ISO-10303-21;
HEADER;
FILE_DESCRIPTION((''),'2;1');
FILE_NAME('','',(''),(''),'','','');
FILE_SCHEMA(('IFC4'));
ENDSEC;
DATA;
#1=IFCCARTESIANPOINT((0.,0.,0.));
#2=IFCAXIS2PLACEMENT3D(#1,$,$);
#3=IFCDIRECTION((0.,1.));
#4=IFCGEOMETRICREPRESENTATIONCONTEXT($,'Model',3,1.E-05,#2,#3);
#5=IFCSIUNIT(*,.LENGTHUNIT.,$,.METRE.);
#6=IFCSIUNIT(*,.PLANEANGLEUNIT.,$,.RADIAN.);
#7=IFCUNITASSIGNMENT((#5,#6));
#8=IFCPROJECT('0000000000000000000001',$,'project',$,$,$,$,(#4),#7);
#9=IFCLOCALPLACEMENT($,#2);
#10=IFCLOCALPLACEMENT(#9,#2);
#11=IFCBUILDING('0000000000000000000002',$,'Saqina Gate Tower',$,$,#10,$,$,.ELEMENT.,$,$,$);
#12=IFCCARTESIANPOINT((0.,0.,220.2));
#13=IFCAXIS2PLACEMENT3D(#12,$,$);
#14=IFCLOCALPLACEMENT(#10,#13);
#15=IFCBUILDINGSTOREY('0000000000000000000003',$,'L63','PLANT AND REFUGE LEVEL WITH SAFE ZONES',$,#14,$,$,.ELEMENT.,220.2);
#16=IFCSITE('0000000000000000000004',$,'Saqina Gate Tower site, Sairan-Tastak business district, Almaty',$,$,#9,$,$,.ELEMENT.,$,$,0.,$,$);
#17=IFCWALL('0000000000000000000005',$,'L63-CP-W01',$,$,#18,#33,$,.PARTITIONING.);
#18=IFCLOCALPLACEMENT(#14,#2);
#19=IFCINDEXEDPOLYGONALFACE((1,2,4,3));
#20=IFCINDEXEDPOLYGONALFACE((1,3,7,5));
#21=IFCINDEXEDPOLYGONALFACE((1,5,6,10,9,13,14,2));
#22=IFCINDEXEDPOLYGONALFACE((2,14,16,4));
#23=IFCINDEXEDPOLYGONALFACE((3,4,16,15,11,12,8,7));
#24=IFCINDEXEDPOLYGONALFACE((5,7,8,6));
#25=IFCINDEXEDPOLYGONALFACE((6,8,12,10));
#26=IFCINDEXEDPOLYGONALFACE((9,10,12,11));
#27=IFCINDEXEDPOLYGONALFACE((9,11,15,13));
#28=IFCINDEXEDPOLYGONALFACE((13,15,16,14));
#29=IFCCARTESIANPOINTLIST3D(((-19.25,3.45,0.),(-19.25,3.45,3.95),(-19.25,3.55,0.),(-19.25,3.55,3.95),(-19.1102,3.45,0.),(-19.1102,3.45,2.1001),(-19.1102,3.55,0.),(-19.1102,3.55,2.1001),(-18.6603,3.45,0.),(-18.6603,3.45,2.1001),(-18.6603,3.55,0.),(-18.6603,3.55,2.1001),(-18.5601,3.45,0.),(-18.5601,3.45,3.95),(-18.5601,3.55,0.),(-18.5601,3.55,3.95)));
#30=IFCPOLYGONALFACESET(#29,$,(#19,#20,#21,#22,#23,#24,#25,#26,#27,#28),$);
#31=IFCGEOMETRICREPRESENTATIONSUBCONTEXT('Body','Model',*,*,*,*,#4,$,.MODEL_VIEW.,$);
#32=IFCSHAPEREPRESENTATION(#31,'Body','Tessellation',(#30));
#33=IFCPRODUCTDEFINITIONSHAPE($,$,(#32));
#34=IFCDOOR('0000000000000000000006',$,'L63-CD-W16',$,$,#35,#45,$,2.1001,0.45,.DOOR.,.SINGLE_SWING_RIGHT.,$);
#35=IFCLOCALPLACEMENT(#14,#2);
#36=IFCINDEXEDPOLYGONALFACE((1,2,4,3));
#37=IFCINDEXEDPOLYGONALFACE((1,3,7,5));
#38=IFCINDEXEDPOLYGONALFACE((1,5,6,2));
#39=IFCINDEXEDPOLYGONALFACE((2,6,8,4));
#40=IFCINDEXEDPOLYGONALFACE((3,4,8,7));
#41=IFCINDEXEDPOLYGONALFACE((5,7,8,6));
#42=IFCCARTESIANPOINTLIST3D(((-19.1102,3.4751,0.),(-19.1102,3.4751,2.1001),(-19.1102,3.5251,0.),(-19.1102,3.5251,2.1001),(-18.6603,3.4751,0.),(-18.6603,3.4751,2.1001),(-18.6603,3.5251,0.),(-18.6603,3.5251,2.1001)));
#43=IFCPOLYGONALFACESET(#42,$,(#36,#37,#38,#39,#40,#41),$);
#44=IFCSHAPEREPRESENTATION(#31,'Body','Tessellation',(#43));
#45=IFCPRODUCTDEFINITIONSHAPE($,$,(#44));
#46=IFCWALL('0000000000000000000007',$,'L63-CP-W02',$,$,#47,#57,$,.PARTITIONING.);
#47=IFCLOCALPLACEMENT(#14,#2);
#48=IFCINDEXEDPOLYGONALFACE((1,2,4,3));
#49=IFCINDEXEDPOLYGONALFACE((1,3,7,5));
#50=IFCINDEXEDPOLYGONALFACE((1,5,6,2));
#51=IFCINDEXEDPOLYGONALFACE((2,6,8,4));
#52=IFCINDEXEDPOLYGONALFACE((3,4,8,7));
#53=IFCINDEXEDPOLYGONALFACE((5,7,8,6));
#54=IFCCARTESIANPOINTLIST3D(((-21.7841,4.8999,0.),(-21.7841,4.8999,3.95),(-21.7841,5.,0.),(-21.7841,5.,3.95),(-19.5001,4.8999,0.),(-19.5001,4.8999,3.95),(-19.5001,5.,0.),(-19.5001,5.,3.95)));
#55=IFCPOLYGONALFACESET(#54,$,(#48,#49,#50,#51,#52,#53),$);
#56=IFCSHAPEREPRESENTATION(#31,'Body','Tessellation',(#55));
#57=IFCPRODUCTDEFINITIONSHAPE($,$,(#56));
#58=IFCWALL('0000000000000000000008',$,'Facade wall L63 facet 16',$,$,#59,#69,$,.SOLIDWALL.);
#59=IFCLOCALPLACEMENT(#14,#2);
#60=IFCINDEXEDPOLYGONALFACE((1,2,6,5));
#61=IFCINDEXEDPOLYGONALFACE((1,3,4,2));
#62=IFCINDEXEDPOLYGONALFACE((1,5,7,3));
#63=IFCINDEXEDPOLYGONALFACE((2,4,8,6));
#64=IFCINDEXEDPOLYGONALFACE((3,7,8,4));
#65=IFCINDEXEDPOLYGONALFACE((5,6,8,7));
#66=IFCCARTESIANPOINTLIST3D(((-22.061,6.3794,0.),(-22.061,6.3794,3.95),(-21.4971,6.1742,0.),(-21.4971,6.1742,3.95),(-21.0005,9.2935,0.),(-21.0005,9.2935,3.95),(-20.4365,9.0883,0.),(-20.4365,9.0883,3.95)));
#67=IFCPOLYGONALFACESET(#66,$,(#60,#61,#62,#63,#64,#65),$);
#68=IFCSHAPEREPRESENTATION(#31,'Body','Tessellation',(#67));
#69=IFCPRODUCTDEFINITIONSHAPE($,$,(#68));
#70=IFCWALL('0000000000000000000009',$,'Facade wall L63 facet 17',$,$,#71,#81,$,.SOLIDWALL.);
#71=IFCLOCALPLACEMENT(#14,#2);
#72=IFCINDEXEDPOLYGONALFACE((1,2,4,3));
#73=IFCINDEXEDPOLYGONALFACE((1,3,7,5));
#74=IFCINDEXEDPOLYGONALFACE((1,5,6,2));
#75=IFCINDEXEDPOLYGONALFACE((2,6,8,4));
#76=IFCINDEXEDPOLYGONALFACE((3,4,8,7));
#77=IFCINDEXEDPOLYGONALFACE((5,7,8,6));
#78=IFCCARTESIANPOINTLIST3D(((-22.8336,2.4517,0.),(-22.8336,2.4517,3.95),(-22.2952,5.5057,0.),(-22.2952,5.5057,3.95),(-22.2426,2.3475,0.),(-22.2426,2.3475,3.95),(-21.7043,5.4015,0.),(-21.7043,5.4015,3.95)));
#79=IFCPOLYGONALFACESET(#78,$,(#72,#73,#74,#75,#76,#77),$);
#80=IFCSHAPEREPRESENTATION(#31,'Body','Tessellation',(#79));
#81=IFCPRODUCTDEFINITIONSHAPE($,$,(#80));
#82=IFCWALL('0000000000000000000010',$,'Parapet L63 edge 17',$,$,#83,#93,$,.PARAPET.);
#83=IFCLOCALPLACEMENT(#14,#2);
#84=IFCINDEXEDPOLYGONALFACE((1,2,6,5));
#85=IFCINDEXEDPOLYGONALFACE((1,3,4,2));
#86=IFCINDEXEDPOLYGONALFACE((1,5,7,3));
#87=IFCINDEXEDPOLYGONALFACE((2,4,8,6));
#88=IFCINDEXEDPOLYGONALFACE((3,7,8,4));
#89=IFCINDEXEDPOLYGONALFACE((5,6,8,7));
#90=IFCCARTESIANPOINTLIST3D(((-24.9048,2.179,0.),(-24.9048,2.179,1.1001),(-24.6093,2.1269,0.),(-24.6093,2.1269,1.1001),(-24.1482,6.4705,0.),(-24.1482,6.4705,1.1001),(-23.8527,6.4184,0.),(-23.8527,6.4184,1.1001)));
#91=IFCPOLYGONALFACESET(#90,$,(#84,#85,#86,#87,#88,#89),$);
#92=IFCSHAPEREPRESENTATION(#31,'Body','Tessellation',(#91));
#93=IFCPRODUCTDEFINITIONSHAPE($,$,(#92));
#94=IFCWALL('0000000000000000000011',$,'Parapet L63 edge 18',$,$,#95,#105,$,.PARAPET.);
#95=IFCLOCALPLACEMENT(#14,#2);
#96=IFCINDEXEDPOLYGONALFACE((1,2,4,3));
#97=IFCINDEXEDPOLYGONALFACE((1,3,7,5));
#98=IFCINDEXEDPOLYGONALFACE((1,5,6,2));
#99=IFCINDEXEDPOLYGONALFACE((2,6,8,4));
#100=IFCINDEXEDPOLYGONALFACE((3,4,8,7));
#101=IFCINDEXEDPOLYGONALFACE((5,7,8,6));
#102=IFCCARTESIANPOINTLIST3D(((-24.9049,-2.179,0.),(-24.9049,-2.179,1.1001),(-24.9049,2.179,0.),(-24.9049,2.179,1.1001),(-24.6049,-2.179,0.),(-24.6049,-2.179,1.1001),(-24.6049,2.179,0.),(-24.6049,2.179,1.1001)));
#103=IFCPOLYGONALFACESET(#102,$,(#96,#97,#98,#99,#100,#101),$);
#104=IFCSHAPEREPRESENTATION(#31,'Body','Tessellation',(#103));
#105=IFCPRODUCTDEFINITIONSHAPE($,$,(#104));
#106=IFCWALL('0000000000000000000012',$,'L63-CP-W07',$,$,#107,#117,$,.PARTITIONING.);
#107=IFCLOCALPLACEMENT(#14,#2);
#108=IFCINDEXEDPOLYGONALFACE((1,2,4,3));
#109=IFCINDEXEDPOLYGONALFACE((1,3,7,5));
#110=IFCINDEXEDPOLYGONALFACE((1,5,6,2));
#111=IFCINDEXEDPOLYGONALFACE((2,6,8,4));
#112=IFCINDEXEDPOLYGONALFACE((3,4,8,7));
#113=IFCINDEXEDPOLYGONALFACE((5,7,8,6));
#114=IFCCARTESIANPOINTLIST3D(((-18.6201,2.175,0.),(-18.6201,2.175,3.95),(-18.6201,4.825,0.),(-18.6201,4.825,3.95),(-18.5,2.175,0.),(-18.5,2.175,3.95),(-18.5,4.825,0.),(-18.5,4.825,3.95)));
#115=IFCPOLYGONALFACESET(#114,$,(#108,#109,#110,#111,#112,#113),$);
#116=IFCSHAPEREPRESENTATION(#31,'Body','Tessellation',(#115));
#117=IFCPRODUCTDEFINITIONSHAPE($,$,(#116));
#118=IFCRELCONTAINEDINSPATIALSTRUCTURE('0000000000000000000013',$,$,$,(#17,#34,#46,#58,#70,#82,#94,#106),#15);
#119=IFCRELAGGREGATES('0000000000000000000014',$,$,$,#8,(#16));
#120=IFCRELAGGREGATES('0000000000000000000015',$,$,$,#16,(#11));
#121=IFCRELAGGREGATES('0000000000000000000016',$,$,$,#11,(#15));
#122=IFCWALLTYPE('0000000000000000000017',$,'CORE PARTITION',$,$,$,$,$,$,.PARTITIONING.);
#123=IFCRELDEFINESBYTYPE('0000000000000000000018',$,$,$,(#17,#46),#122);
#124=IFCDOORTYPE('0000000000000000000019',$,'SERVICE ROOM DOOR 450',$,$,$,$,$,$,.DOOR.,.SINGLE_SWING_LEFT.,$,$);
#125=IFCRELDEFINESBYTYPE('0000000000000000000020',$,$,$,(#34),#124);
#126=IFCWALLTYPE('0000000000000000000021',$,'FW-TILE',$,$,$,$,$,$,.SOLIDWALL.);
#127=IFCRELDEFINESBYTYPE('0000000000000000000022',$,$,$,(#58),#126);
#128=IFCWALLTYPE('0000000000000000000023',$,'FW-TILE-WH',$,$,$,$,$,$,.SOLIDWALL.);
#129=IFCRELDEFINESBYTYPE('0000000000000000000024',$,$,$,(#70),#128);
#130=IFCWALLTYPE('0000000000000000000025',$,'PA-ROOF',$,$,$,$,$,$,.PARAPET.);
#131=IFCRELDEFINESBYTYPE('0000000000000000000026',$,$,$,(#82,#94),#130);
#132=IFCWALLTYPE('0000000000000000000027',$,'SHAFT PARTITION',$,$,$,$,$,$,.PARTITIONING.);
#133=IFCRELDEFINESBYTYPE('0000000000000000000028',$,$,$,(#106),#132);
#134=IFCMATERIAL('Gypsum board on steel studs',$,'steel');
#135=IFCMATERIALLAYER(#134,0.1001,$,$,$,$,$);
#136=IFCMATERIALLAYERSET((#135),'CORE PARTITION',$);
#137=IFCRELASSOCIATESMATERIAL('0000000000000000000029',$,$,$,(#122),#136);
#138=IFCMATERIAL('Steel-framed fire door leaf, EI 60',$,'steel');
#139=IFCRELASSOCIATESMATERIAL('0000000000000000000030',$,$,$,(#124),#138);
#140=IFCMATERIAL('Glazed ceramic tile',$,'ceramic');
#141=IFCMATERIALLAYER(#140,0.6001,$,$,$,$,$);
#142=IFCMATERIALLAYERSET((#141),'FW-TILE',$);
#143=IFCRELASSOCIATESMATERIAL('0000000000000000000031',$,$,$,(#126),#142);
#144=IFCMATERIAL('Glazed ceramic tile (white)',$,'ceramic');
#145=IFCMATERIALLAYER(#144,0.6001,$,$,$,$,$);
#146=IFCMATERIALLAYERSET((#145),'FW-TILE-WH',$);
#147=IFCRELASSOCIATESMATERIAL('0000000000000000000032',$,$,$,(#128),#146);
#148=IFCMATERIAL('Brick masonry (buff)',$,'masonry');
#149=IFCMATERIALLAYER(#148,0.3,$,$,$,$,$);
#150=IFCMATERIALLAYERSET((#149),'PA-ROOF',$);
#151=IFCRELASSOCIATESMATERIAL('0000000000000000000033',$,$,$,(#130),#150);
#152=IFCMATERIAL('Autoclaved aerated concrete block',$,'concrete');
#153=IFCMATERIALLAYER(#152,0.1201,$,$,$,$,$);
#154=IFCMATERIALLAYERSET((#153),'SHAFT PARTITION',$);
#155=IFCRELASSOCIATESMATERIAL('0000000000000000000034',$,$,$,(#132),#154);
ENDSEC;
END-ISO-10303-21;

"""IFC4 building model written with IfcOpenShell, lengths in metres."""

from ifc_helpers import new_model, si_unit, direction, frame, frame_2d, origin, place, context, subcontext, project, spatial, rectangle, extrude, material, layer, layer_set, type_object, element, fill, save


model = new_model("IFC4")

# Units and contexts
model_context = context("Model", 3, precision=1e-05, world=origin(), true_north=direction((0.0, 1.0)))
body_context = subcontext(model_context, "Body", "Model", "MODEL_VIEW")
ifc_project = project(units=[si_unit("LENGTHUNIT", "METRE"), si_unit("PLANEANGLEUNIT", "RADIAN")], contexts=[model_context])

# Site, building, storey
site_placement = place(None, origin())
site = spatial("IfcSite", under=ifc_project, at=site_placement, Name="Saqina Gate Tower site, Sairan-Tastak business district, Almaty", CompositionType="ELEMENT", RefElevation=0.0)
building_placement = place(site_placement, origin())
building = spatial("IfcBuilding", under=site, at=building_placement, Name="Saqina Gate Tower", CompositionType="ELEMENT")
storey_placement = place(building_placement, frame((0.0, 0.0, 220.2)))
storey = spatial("IfcBuildingStorey", under=building, at=storey_placement, Name="L63", Description="PLANT AND REFUGE LEVEL WITH SAFE ZONES", CompositionType="ELEMENT", Elevation=220.2)

# Wall, opening, door
ifc_material_1 = material(Name="Gypsum board on steel studs", Category="steel")
ifc_layer_1 = layer(ifc_material_1, 0.1001)
ifc_layer_set_1 = layer_set([ifc_layer_1], Name="CORE PARTITION")
wall_type_1 = type_object("IfcWallType", Name="CORE PARTITION", PredefinedType="PARTITIONING", material=ifc_layer_set_1)
wall_1_placement = place(storey_placement, frame((-18.5601, 3.5, 0.0), z_axis=(0.0, 0.0, 1.0), x_axis=(-1.0, 0.0, 0.0)))
wall_1 = element("IfcWall", 1, at=wall_1_placement, inside=storey, type_object=wall_type_1, Name="L63-CP-W01", PredefinedType="PARTITIONING", context=body_context, shape_type="SweptSolid", body=[
    extrude(rectangle(XDim=0.6899, YDim=0.1001, at=frame_2d((0.345, 0.0))), origin(), (0.0, 0.0, 1.0), 3.95),
])
opening_placement = place(wall_1_placement, frame((0.1001, 0.0, 0.0)))
opening = element("IfcOpeningElement", 2, at=opening_placement, cuts=wall_1, PredefinedType="OPENING", context=body_context, shape_type="SweptSolid", body=[
    extrude(rectangle(XDim=0.45, YDim=2.1001, at=frame_2d((0.2251, 1.05))), frame((0.0, 0.062, 0.0), z_axis=(0.0, -1.0, 0.0), x_axis=(1.0, 0.0, 0.0)), (0.0, 0.0, 1.0), 0.124),
])
ifc_material_2 = material(Name="Steel-framed fire door leaf, EI 60", Category="steel")
door_type = type_object("IfcDoorType", Name="SERVICE ROOM DOOR 450", OperationType="SINGLE_SWING_LEFT", PredefinedType="DOOR", material=ifc_material_2)
door_placement = place(opening_placement, origin())
door = element("IfcDoor", 3, at=door_placement, inside=storey, type_object=door_type, Name="L63-CD-W16", OperationType="SINGLE_SWING_RIGHT", OverallHeight=2.1001, OverallWidth=0.45, PredefinedType="DOOR", context=body_context, shape_type="SweptSolid", body=[
    extrude(rectangle(XDim=0.45, YDim=2.1001, at=frame_2d((0.2251, 1.05))), frame((0.0, 0.0249, 0.0), z_axis=(0.0, -1.0, 0.0), x_axis=(1.0, 0.0, 0.0)), (0.0, 0.0, 1.0), 0.05),
])
fill(opening, door)

# Walls
wall_2_placement = place(storey_placement, frame((-19.5, 4.95, 0.0), z_axis=(0.0, 0.0, 1.0), x_axis=(-1.0, 0.0, 0.0)))
element("IfcWall", 4, at=wall_2_placement, inside=storey, type_object=wall_type_1, Name="L63-CP-W02", PredefinedType="PARTITIONING", context=body_context, shape_type="SweptSolid", body=[
    extrude(rectangle(XDim=2.2839, YDim=0.1001, at=frame_2d((1.1421, 0.0))), origin(), (0.0, 0.0, 1.0), 3.95),
])
ifc_material_3 = material(Name="Glazed ceramic tile", Category="ceramic")
ifc_layer_2 = layer(ifc_material_3, 0.6001)
ifc_layer_set_2 = layer_set([ifc_layer_2], Name="FW-TILE")
wall_type_2 = type_object("IfcWallType", Name="FW-TILE", PredefinedType="SOLIDWALL", material=ifc_layer_set_2)
wall_3_placement = place(storey_placement, frame((-20.7185, 9.1909, 0.0), z_axis=(0.0, 0.0, 1.0), x_axis=(-0.341996, -0.939701, 0.0)))
element("IfcWall", 5, at=wall_3_placement, inside=storey, type_object=wall_type_2, Name="Facade wall L63 facet 16", PredefinedType="SOLIDWALL", context=body_context, shape_type="SweptSolid", body=[
    extrude(rectangle(XDim=3.1011, YDim=0.6001, at=frame_2d((1.5505, 0.0))), origin(), (0.0, 0.0, 1.0), 3.95),
])
ifc_material_4 = material(Name="Glazed ceramic tile (white)", Category="ceramic")
ifc_layer_3 = layer(ifc_material_4, 0.6001)
ifc_layer_set_3 = layer_set([ifc_layer_3], Name="FW-TILE-WH")
wall_type_3 = type_object("IfcWallType", Name="FW-TILE-WH", PredefinedType="SOLIDWALL", material=ifc_layer_set_3)
wall_4_placement = place(storey_placement, frame((-21.9998, 5.4536, 0.0), z_axis=(0.0, 0.0, 1.0), x_axis=(-0.173597, -0.984817, 0.0)))
element("IfcWall", 6, at=wall_4_placement, inside=storey, type_object=wall_type_3, Name="Facade wall L63 facet 17", PredefinedType="SOLIDWALL", context=body_context, shape_type="SweptSolid", body=[
    extrude(rectangle(XDim=3.1011, YDim=0.6001, at=frame_2d((1.5505, 0.0))), origin(), (0.0, 0.0, 1.0), 3.95),
])
ifc_material_5 = material(Name="Brick masonry (buff)", Category="masonry")
ifc_layer_4 = layer(ifc_material_5, 0.3)
ifc_layer_set_4 = layer_set([ifc_layer_4], Name="PA-ROOF")
wall_type_4 = type_object("IfcWallType", Name="PA-ROOF", PredefinedType="PARAPET", material=ifc_layer_set_4)
wall_5_placement = place(storey_placement, frame((-24.0005, 6.4443, 0.0), z_axis=(0.0, 0.0, 1.0), x_axis=(-0.173622, -0.984812, 0.0)))
element("IfcWall", 7, at=wall_5_placement, inside=storey, type_object=wall_type_4, Name="Parapet L63 edge 17", PredefinedType="PARAPET", context=body_context, shape_type="SweptSolid", body=[
    extrude(rectangle(XDim=4.3577, YDim=0.3, at=frame_2d((2.1787, 0.0))), origin(), (0.0, 0.0, 1.0), 1.1001),
])
wall_6_placement = place(storey_placement, frame((-24.7549, 2.179, 0.0), z_axis=(0.0, 0.0, 1.0), x_axis=(0.0, -1.0, 0.0)))
element("IfcWall", 8, at=wall_6_placement, inside=storey, type_object=wall_type_4, Name="Parapet L63 edge 18", PredefinedType="PARAPET", context=body_context, shape_type="SweptSolid", body=[
    extrude(rectangle(XDim=4.3579, YDim=0.3, at=frame_2d((2.179, 0.0))), origin(), (0.0, 0.0, 1.0), 1.1001),
])
ifc_material_6 = material(Name="Autoclaved aerated concrete block", Category="concrete")
ifc_layer_5 = layer(ifc_material_6, 0.1201)
ifc_layer_set_5 = layer_set([ifc_layer_5], Name="SHAFT PARTITION")
wall_type_5 = type_object("IfcWallType", Name="SHAFT PARTITION", PredefinedType="PARTITIONING", material=ifc_layer_set_5)
wall_7_placement = place(storey_placement, frame((-18.5601, 2.175, 0.0), z_axis=(0.0, 0.0, 1.0), x_axis=(0.0, 1.0, 0.0)))
element("IfcWall", 9, at=wall_7_placement, inside=storey, type_object=wall_type_5, Name="L63-CP-W07", PredefinedType="PARTITIONING", context=body_context, shape_type="SweptSolid", body=[
    extrude(rectangle(XDim=2.6499, YDim=0.1201, at=frame_2d((1.325, 0.0))), origin(), (0.0, 0.0, 1.0), 3.95),
])

save(model, "model.ifc")
